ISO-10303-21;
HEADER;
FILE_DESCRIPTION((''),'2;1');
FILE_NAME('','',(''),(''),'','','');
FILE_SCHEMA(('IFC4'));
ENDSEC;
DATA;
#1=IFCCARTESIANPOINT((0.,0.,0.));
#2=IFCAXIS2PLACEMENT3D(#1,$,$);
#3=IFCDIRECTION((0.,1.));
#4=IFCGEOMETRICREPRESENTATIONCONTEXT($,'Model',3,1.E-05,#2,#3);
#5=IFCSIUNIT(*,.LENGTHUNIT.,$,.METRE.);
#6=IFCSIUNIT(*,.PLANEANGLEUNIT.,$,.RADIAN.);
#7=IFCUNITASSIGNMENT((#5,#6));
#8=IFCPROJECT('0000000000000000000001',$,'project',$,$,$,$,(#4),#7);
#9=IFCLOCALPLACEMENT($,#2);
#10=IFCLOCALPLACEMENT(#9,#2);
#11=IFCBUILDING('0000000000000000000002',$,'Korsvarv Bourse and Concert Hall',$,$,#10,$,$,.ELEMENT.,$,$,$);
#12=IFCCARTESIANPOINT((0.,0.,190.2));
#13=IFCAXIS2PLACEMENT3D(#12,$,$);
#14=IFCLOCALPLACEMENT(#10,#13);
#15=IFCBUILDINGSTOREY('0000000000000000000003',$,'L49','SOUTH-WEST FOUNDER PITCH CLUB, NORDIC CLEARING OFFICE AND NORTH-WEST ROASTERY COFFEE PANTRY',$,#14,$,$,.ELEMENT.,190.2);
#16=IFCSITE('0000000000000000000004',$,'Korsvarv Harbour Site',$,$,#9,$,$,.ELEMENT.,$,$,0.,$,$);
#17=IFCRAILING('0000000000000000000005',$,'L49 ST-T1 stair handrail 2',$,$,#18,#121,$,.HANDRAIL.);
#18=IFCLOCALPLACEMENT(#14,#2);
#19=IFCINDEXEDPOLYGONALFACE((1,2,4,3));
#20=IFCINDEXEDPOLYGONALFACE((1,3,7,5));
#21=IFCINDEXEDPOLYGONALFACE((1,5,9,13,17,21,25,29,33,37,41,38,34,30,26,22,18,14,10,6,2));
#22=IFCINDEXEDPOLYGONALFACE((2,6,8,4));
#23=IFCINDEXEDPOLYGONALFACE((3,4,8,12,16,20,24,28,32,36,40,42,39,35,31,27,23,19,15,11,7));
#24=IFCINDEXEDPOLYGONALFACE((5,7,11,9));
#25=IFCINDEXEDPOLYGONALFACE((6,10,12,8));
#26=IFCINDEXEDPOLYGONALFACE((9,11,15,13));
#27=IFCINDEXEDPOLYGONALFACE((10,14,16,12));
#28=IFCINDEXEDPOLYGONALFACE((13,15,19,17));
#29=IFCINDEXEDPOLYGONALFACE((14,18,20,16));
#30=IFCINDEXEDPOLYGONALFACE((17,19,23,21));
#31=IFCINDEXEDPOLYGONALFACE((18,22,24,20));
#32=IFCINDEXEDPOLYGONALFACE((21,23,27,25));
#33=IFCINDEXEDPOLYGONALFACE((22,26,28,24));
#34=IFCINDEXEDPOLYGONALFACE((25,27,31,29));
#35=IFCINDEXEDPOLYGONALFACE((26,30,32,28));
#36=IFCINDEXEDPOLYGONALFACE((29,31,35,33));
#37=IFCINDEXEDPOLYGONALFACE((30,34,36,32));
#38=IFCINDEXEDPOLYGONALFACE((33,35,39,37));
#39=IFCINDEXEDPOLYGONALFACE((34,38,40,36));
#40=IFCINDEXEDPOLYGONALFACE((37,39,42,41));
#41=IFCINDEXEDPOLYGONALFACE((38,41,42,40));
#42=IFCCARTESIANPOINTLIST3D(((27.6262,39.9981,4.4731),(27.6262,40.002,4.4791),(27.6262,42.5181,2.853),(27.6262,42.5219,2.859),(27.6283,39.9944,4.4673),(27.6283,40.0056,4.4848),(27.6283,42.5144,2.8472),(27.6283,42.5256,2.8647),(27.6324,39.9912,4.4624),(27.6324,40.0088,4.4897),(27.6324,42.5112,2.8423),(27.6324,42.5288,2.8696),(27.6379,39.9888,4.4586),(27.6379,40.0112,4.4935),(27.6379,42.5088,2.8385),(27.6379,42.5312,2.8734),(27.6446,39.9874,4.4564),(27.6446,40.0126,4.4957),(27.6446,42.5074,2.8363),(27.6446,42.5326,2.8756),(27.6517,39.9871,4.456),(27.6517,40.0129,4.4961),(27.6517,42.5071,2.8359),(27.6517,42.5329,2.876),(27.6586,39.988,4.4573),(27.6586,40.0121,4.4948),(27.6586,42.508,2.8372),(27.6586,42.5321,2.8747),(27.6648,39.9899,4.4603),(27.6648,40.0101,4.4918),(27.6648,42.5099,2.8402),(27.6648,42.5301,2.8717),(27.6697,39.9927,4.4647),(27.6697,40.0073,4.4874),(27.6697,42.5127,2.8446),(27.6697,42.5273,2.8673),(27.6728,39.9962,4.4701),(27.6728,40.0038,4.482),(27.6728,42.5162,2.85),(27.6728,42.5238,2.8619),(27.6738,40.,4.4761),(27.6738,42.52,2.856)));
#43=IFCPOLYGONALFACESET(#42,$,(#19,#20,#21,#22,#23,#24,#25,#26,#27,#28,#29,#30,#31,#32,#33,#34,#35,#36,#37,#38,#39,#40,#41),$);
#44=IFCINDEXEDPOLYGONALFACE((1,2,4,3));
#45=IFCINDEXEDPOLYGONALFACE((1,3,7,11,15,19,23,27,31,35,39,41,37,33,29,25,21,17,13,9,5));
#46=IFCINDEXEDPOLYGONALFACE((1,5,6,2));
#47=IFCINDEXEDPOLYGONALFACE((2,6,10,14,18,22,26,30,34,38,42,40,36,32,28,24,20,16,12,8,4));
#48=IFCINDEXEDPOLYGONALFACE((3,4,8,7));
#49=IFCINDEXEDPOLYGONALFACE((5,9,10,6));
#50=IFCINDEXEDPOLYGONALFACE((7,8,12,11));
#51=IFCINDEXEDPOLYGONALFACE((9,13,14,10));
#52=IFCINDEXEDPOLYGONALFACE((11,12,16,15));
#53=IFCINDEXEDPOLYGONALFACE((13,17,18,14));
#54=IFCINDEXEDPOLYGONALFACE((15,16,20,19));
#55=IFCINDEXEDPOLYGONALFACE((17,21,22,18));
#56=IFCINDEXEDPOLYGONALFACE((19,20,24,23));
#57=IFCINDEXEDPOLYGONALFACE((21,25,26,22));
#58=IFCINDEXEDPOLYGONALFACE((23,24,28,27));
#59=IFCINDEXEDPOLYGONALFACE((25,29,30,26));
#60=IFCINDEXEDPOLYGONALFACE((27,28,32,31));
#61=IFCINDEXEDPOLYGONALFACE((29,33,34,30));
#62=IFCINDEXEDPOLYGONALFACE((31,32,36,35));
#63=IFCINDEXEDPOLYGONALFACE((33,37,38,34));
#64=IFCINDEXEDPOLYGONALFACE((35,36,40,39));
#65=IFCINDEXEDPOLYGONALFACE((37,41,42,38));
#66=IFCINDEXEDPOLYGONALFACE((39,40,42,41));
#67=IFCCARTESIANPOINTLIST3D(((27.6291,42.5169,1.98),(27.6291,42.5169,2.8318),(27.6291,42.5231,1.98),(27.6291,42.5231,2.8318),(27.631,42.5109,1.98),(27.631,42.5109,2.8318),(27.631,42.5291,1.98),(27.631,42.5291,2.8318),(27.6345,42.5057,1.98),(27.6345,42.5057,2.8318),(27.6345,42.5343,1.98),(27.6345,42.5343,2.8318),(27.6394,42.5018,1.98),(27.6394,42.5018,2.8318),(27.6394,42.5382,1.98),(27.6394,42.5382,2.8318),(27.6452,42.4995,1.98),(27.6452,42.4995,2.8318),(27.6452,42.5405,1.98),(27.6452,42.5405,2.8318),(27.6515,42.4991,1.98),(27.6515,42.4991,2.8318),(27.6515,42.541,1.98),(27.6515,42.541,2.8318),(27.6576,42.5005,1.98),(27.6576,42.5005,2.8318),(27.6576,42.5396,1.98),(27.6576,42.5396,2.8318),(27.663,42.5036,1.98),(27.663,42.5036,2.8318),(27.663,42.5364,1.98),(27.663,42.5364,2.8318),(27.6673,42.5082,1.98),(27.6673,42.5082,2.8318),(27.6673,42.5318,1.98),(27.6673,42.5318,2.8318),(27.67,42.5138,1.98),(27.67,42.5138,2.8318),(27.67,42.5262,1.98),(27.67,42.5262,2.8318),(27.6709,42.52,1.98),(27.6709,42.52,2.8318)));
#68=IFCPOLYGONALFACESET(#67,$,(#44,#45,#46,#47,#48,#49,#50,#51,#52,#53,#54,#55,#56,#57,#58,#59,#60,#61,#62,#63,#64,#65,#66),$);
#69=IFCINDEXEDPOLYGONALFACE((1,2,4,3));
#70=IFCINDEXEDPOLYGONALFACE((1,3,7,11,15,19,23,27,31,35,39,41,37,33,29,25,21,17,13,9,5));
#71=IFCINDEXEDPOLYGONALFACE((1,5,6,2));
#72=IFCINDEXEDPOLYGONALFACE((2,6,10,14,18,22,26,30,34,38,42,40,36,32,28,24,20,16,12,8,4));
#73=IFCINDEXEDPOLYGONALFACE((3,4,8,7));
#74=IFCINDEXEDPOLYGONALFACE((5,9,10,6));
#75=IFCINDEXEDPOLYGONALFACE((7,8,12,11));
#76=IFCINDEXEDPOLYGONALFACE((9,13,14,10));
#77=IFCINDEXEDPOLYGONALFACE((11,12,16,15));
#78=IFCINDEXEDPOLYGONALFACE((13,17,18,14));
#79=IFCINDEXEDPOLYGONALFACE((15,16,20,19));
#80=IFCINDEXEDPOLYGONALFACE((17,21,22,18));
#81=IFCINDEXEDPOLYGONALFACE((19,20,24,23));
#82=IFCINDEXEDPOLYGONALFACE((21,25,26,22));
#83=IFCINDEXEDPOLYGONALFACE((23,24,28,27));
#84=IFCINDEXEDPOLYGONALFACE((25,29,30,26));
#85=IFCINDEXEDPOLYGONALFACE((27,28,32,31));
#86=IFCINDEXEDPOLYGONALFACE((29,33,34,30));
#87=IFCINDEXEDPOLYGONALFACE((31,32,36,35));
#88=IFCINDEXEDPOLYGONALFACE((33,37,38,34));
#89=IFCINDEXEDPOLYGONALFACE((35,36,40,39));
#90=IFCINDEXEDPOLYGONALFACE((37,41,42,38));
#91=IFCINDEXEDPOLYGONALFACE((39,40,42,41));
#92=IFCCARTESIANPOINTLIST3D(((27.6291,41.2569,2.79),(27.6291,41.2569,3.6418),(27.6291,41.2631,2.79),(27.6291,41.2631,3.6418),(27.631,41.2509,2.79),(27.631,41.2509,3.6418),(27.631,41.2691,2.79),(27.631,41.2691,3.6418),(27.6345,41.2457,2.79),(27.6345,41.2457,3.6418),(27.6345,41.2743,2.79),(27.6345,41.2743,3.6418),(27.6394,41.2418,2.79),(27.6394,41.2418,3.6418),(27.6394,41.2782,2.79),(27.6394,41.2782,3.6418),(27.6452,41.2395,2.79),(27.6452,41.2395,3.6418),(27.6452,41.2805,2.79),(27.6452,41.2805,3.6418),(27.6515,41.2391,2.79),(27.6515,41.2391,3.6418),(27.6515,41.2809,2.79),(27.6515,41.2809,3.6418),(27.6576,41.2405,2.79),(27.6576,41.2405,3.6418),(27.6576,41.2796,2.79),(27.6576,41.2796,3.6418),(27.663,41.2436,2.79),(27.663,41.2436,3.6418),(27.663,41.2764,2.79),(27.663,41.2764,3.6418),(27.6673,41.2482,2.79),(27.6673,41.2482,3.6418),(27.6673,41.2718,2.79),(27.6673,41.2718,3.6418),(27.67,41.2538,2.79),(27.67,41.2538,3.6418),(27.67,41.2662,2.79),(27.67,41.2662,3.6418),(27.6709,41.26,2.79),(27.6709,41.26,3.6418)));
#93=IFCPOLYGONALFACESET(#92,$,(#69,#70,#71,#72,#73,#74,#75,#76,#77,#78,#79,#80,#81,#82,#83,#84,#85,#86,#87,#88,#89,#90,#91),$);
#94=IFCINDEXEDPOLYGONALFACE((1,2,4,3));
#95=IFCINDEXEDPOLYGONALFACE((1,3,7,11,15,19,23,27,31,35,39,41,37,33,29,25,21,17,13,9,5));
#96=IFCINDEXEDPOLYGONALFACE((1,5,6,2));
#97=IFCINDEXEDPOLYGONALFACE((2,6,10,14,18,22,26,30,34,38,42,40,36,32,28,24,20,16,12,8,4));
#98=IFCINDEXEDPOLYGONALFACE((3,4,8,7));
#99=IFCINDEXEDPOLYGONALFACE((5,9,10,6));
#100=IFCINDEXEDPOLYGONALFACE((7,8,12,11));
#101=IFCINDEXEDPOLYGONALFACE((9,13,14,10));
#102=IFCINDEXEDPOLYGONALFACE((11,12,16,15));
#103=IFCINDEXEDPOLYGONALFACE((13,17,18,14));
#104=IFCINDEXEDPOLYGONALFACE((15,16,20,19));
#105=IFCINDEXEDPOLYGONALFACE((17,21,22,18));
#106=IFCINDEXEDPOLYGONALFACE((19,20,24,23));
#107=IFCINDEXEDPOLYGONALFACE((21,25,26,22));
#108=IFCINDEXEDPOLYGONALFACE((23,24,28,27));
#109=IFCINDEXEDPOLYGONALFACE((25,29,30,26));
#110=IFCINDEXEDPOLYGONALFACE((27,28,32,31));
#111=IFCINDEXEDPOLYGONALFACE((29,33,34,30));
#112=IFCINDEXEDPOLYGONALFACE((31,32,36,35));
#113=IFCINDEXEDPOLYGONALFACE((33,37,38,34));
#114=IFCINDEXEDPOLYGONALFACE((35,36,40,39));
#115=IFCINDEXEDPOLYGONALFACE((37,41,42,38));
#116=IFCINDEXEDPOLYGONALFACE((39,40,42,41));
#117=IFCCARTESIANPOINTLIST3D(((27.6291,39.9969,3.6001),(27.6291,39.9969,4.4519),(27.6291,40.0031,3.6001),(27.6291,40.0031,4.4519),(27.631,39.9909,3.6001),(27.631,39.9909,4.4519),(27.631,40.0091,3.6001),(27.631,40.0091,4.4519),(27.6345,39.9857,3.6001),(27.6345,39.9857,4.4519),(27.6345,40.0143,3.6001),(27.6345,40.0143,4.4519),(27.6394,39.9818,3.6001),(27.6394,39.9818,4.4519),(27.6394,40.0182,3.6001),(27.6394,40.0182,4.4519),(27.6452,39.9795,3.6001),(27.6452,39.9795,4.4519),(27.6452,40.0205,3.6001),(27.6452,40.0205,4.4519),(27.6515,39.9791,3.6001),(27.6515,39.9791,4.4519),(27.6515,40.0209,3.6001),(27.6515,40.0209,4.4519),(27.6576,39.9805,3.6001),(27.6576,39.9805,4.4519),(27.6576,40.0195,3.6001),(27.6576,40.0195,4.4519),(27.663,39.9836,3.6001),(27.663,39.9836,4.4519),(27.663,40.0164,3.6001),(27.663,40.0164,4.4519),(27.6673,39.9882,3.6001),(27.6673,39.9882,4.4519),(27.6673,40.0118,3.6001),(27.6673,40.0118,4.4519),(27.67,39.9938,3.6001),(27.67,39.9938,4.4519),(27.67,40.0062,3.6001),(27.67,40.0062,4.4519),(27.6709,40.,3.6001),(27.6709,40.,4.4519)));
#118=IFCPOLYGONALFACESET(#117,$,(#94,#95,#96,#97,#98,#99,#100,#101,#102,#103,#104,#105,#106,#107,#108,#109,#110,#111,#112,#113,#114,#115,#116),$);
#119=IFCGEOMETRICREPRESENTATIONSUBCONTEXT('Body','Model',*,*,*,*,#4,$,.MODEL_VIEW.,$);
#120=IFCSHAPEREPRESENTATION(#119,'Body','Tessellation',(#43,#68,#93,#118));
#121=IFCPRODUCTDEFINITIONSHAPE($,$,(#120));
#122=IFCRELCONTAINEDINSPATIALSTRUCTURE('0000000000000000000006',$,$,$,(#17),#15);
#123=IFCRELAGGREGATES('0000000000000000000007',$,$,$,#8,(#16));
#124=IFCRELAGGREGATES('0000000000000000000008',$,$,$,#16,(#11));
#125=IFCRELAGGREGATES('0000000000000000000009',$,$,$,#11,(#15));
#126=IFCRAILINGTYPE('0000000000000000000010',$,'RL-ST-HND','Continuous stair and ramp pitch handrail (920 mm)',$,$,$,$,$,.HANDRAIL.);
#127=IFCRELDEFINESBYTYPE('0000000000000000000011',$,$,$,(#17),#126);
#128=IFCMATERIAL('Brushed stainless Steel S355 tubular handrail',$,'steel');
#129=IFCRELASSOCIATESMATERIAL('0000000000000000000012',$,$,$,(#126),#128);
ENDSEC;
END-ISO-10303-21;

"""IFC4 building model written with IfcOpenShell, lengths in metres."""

from ifc_helpers import new_model, si_unit, direction, frame, origin, origin_2d, place, context, subcontext, project, spatial, circle, extrude, material, type_object, element, save


model = new_model("IFC4")

# Units and contexts
model_context = context("Model", 3, precision=1e-05, world=origin(), true_north=direction((0.0, 1.0)))
body_context = subcontext(model_context, "Body", "Model", "MODEL_VIEW")
ifc_project = project(units=[si_unit("LENGTHUNIT", "METRE"), si_unit("PLANEANGLEUNIT", "RADIAN")], contexts=[model_context])

# Site, building, storey
site_placement = place(None, origin())
site = spatial("IfcSite", under=ifc_project, at=site_placement, Name="Korsvarv Harbour Site", CompositionType="ELEMENT", RefElevation=0.0)
building_placement = place(site_placement, origin())
building = spatial("IfcBuilding", under=site, at=building_placement, Name="Korsvarv Bourse and Concert Hall", CompositionType="ELEMENT")
storey_placement = place(building_placement, frame((0.0, 0.0, 190.2)))
storey = spatial("IfcBuildingStorey", under=building, at=storey_placement, Name="L49", Description="SOUTH-WEST FOUNDER PITCH CLUB, NORDIC CLEARING OFFICE AND NORTH-WEST ROASTERY COFFEE PANTRY", CompositionType="ELEMENT", Elevation=190.2)

# Railing
ifc_material_1 = material(Name="Brushed stainless Steel S355 tubular handrail", Category="steel")
railing_type_1 = type_object("IfcRailingType", Name="RL-ST-HND", Description="Continuous stair and ramp pitch handrail (920 mm)", PredefinedType="HANDRAIL", material=ifc_material_1)
railing_1_placement = place(storey_placement, frame((27.6499, 42.52, 1.98)))
element("IfcRailing", 1, at=railing_1_placement, inside=storey, type_object=railing_type_1, Name="L49 ST-T1 stair handrail 2", PredefinedType="HANDRAIL", context=body_context, shape_type="SweptSolid", body=[
    extrude(circle(Radius=0.0239, at=origin_2d()), frame((0.0, 0.0, 0.876), z_axis=(0.0, -0.841163, 0.540782), x_axis=(1.0, 0.0, 0.0)), (0.0, 0.0, 1.0), 2.9958),
    extrude(circle(Radius=0.021, at=origin_2d()), origin(), (0.0, 0.0, 1.0), 0.8518),
    extrude(circle(Radius=0.021, at=origin_2d()), frame((0.0, -1.26, 0.8101)), (0.0, 0.0, 1.0), 0.8518),
    extrude(circle(Radius=0.021, at=origin_2d()), frame((0.0, -2.52, 1.6201)), (0.0, 0.0, 1.0), 0.8518),
])

save(model, "model.ifc")
